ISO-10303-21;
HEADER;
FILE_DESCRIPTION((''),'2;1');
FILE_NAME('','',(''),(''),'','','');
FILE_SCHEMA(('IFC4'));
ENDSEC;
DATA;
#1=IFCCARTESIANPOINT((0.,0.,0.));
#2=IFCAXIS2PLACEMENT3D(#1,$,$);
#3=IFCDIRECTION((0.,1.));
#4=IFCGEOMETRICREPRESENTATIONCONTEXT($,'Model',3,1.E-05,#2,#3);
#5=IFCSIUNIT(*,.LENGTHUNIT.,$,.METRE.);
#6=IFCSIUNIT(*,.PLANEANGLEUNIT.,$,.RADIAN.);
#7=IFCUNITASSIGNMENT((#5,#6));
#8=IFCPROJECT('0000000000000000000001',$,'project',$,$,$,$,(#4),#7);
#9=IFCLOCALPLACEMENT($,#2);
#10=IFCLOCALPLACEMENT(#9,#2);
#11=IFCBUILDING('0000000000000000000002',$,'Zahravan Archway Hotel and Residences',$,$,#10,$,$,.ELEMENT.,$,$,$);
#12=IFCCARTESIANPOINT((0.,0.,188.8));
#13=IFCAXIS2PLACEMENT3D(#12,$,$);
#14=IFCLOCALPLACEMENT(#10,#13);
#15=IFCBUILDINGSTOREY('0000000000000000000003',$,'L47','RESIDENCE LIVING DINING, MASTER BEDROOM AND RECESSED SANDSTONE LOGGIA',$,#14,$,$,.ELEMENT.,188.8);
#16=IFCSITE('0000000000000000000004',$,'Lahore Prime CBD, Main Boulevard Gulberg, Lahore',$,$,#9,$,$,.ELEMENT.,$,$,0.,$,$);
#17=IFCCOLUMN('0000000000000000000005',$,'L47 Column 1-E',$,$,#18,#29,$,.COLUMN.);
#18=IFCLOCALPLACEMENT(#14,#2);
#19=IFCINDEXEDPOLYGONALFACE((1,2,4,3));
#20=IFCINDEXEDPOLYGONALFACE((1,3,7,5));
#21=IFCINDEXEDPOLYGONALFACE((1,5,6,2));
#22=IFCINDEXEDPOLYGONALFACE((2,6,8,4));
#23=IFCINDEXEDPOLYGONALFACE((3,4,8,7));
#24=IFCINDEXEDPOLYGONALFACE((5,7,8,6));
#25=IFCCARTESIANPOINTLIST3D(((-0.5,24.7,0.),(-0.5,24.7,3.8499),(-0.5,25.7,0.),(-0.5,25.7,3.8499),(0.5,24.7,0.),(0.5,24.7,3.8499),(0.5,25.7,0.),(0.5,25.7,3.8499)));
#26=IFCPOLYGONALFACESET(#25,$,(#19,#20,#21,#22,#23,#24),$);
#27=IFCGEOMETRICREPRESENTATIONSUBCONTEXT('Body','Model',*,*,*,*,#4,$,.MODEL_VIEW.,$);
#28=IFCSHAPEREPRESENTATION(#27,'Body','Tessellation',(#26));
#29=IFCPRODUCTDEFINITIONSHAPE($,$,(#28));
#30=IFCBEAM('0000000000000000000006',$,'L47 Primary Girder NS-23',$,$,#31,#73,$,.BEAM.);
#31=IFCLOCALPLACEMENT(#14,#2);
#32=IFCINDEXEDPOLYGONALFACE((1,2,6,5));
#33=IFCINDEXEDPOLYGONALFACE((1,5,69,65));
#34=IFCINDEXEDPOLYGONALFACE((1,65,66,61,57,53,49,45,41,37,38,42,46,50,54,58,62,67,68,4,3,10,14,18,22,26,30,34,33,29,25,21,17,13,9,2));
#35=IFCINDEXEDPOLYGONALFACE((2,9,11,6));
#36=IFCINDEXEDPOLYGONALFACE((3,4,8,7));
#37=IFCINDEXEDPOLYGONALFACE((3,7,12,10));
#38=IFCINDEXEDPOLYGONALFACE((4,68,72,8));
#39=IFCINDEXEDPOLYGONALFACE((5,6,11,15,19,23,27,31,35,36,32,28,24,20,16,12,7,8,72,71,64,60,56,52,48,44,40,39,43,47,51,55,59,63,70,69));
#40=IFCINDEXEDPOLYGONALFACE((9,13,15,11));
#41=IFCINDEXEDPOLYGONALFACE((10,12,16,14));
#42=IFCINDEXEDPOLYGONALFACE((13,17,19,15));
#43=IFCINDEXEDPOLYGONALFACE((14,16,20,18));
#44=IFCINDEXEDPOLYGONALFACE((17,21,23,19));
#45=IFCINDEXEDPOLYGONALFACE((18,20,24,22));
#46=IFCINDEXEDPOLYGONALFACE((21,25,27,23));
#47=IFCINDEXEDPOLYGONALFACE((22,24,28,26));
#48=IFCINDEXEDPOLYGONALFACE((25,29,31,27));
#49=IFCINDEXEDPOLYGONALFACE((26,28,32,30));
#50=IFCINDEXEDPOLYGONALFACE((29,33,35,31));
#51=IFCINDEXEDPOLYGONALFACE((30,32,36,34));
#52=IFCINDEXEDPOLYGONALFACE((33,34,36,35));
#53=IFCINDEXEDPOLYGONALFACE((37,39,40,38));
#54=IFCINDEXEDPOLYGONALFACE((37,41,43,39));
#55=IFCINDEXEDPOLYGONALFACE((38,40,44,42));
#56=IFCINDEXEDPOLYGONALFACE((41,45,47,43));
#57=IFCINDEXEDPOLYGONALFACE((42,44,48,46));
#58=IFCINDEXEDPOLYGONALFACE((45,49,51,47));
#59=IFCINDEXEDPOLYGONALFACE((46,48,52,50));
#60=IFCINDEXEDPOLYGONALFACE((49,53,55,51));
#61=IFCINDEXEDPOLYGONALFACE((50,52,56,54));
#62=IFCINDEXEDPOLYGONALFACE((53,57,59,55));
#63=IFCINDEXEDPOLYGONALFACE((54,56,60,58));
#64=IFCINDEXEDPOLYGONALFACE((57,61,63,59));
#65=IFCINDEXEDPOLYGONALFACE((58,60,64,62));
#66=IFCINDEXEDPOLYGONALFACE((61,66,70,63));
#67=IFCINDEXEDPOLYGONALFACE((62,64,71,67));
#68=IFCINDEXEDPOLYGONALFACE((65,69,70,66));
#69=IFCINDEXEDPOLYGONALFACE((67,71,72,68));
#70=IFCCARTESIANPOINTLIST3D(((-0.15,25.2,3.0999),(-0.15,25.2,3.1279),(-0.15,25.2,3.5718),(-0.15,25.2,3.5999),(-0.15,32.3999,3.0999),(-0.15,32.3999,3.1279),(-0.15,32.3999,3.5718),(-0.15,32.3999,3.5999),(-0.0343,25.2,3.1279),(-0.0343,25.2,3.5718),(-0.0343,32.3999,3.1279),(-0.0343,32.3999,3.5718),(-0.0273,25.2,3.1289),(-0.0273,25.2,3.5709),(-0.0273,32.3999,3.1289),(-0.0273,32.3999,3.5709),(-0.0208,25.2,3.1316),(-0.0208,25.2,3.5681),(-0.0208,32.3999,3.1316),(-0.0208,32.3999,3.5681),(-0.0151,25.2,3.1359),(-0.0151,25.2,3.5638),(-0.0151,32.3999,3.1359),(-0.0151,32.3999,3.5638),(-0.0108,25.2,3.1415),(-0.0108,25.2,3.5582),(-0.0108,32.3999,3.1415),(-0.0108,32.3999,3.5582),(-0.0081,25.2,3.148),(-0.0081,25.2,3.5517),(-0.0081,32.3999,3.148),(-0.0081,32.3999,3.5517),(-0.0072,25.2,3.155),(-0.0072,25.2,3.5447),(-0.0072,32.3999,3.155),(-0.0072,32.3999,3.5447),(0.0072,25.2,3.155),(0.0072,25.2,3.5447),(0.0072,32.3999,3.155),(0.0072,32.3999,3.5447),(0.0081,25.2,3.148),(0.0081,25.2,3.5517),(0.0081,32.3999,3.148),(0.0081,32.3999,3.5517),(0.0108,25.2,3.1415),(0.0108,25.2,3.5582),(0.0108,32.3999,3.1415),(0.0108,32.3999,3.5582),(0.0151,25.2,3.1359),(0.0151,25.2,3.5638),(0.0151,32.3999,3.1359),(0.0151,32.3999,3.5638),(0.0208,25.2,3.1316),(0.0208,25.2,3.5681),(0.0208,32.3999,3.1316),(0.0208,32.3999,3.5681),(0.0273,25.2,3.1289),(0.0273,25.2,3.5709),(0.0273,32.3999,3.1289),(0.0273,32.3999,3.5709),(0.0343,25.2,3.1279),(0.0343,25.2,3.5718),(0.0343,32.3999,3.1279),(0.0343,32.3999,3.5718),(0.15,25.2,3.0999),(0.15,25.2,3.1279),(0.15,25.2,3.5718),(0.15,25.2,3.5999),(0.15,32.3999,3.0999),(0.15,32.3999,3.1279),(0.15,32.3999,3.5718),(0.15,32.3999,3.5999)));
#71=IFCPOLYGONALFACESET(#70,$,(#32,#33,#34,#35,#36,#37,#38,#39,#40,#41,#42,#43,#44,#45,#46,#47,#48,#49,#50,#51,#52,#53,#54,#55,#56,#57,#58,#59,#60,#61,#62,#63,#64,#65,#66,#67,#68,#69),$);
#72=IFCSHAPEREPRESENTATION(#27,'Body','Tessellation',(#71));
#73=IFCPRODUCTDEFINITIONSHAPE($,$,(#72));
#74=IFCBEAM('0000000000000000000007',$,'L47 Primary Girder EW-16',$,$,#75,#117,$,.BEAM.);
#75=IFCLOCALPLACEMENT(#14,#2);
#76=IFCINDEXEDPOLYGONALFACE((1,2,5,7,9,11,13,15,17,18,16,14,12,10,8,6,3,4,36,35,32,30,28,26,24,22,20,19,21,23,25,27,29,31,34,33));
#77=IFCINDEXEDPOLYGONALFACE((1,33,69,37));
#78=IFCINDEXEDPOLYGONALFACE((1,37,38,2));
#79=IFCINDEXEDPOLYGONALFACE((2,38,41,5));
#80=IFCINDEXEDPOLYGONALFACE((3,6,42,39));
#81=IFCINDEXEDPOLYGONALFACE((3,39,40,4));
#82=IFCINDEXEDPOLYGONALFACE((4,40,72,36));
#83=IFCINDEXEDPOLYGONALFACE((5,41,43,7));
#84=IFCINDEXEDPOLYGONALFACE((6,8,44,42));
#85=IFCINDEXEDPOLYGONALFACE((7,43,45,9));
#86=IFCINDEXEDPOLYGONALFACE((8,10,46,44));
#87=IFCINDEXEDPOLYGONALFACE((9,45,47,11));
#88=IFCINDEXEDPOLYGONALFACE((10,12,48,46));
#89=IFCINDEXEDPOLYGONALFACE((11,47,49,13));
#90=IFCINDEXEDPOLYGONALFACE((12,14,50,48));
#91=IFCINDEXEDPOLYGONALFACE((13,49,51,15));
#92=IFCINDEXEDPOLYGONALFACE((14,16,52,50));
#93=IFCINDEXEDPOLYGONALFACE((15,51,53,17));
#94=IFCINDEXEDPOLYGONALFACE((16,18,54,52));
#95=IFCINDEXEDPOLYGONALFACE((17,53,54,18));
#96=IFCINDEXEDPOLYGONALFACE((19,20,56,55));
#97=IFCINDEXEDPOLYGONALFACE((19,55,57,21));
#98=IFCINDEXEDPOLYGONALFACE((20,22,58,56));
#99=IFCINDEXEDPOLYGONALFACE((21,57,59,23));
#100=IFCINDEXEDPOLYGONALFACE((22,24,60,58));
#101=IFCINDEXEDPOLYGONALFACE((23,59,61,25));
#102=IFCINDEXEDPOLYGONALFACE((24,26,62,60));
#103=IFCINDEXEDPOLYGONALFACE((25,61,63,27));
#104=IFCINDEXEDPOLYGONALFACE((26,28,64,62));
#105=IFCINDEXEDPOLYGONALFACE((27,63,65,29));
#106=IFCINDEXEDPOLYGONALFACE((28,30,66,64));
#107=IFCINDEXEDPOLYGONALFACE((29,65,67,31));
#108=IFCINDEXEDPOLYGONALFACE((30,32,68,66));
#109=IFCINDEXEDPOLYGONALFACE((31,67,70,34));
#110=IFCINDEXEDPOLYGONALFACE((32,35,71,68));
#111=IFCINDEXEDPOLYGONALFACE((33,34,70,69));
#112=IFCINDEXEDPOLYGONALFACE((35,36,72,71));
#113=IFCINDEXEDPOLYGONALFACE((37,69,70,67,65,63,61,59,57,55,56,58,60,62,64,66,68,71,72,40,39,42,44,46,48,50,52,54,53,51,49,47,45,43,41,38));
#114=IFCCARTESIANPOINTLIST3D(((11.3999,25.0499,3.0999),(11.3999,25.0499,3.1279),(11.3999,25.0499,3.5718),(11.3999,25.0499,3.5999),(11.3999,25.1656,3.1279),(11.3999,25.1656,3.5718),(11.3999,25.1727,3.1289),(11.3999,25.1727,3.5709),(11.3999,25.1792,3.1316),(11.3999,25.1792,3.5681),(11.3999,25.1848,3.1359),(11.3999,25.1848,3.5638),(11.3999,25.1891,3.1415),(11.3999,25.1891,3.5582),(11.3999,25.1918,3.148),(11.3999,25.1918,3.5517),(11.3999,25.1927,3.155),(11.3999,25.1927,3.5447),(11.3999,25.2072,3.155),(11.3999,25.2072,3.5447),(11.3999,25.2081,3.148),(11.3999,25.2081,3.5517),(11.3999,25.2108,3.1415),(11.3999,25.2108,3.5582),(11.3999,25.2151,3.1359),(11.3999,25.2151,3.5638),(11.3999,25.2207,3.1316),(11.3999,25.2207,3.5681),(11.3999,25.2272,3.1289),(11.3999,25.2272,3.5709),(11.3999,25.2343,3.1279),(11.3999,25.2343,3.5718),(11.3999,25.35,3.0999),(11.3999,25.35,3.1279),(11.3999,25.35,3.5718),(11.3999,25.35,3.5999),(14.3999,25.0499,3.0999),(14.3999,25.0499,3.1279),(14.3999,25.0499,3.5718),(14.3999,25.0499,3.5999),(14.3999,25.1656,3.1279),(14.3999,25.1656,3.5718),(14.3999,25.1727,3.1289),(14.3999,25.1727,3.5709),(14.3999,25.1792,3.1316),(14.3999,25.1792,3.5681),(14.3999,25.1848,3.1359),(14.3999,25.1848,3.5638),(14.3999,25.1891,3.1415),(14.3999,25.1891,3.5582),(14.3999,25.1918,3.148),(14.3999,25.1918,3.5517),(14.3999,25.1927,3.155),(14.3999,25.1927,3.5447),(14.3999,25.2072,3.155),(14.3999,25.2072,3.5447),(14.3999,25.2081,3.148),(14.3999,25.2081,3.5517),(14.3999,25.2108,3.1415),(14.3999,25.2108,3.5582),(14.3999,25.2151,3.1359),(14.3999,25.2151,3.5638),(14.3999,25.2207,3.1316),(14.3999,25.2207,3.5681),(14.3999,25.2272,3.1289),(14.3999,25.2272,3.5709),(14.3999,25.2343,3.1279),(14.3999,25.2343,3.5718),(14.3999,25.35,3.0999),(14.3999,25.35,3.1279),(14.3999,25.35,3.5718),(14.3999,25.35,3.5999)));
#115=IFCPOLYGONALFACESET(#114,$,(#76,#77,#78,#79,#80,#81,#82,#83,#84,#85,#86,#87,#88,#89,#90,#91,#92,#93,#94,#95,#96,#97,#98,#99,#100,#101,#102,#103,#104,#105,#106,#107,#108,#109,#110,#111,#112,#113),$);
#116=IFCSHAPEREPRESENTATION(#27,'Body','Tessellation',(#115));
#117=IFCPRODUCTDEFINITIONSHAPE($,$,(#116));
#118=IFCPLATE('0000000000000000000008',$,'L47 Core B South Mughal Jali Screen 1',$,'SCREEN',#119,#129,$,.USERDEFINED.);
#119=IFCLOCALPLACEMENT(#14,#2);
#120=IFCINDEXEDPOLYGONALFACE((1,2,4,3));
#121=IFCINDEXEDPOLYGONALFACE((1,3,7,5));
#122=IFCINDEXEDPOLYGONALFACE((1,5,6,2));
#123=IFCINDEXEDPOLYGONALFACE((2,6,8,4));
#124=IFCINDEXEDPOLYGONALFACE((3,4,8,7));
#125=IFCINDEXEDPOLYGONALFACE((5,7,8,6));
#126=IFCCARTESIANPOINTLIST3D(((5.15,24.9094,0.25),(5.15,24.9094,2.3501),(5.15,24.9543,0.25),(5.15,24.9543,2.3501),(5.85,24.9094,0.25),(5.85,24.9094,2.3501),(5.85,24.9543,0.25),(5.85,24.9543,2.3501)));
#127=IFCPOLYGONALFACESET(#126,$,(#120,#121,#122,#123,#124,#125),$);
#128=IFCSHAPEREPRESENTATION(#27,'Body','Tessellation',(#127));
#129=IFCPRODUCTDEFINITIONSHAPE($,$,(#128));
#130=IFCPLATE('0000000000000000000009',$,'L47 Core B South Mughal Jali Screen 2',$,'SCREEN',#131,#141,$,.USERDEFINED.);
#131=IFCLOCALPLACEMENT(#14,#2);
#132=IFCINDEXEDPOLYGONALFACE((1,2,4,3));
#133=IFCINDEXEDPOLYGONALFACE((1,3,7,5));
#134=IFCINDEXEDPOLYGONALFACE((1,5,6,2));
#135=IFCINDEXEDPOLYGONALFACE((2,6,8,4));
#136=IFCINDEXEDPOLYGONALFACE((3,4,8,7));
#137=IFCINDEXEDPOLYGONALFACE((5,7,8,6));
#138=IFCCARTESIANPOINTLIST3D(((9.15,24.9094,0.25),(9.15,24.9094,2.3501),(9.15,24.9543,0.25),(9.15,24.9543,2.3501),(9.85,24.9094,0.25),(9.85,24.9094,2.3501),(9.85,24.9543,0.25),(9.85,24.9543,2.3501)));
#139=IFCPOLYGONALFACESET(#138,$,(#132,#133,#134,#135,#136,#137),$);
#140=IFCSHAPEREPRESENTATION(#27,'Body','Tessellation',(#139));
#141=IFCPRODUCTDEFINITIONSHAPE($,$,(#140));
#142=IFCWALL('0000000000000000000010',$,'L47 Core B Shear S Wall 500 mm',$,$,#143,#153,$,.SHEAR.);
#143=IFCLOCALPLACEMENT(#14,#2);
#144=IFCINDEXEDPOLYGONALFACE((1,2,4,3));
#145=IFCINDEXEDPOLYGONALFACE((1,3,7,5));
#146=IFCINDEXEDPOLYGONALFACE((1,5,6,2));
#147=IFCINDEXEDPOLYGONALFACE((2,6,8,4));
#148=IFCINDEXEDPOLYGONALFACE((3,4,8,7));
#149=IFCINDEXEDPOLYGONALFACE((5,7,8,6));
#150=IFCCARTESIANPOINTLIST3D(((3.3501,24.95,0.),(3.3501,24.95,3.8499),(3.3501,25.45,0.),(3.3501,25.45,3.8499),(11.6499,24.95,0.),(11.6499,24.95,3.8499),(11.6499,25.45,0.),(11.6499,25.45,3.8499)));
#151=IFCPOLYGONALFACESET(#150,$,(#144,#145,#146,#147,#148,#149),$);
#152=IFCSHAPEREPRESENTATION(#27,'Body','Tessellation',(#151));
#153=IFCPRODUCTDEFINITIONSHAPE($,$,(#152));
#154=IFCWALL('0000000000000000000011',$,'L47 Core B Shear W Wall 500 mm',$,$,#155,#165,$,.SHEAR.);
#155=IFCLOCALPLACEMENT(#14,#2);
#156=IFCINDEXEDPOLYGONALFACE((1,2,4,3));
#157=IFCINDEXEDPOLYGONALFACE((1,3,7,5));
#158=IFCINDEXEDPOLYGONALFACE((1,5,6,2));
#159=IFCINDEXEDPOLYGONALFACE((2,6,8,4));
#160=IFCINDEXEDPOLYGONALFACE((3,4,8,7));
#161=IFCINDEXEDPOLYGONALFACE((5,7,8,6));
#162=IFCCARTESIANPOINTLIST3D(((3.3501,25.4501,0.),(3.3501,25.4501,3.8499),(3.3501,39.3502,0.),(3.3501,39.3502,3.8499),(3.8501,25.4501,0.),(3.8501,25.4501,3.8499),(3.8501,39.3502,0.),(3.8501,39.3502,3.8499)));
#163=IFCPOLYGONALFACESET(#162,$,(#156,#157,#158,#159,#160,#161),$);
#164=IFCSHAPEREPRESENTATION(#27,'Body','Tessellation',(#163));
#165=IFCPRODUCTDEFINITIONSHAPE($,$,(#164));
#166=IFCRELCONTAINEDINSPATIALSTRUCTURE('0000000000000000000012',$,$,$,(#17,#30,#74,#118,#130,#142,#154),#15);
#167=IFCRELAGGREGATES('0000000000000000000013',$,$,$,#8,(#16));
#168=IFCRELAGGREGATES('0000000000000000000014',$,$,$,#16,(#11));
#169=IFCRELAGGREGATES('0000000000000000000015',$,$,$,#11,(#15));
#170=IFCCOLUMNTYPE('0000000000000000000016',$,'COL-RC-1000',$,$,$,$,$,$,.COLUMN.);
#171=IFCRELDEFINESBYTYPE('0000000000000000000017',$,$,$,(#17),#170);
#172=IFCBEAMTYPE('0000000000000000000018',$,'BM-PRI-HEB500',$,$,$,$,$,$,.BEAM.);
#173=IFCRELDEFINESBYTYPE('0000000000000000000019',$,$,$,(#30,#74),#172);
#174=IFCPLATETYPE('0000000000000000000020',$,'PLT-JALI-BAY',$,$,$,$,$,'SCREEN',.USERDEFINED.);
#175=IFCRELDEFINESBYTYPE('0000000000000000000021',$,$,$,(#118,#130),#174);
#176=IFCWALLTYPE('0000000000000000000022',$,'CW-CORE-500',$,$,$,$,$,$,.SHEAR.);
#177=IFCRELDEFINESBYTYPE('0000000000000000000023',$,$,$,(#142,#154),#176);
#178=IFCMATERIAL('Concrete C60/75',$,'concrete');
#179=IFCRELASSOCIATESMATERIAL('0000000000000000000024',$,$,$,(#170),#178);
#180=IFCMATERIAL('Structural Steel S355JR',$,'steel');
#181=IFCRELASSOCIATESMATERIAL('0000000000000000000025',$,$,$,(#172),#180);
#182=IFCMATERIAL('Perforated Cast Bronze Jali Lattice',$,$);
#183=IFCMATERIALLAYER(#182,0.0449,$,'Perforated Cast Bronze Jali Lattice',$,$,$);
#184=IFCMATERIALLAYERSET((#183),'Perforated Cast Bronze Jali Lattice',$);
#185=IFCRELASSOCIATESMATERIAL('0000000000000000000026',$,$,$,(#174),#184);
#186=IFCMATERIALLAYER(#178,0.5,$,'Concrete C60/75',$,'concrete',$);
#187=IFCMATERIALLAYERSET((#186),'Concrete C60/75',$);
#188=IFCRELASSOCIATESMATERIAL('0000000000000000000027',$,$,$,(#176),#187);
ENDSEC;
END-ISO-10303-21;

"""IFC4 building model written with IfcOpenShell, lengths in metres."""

from ifc_helpers import new_model, si_unit, direction, frame, frame_2d, origin, origin_2d, place, context, subcontext, project, spatial, rectangle, i_section, extrude, source, transform, mapped, material, layer, layer_set, material_profile, profile_set, type_object, type_shapes, element, save


model = new_model("IFC4")

# Units and contexts
model_context = context("Model", 3, precision=1e-05, world=origin(), true_north=direction((0.0, 1.0)))
body_context = subcontext(model_context, "Body", "Model", "MODEL_VIEW")
ifc_project = project(units=[si_unit("LENGTHUNIT", "METRE"), si_unit("PLANEANGLEUNIT", "RADIAN")], contexts=[model_context])

# Site, building, storey
site_placement = place(None, origin())
site = spatial("IfcSite", under=ifc_project, at=site_placement, Name="Lahore Prime CBD, Main Boulevard Gulberg, Lahore", CompositionType="ELEMENT", RefElevation=0.0)
building_placement = place(site_placement, origin())
building = spatial("IfcBuilding", under=site, at=building_placement, Name="Zahravan Archway Hotel and Residences", CompositionType="ELEMENT")
storey_placement = place(building_placement, frame((0.0, 0.0, 188.8)))
storey = spatial("IfcBuildingStorey", under=building, at=storey_placement, Name="L47", Description="RESIDENCE LIVING DINING, MASTER BEDROOM AND RECESSED SANDSTONE LOGGIA", CompositionType="ELEMENT", Elevation=188.8)

# Column
ifc_material_1 = material(Name="Concrete C60/75", Category="concrete")
ifc_material_profile_1 = material_profile(ifc_material_1, rectangle(XDim=1.0, YDim=1.0, at=origin_2d()), Name="RC-COL-1000x1000", Category="concrete")
ifc_profile_set_1 = profile_set([ifc_material_profile_1], Name="Concrete C60/75")
column_type = type_object("IfcColumnType", Name="COL-RC-1000", PredefinedType="COLUMN", material=ifc_profile_set_1)
shared_shape_1 = source(origin(), body_context, "Body", "SweptSolid", [
    extrude(rectangle(XDim=1.0, YDim=1.0, at=origin_2d()), origin(), (0.0, 0.0, 1.0), 3.8499),
])
column_placement = place(storey_placement, frame((0.0, 25.2, 0.0), z_axis=(0.0, 0.0, 1.0), x_axis=(1.0, 0.0, 0.0)))
element("IfcColumn", 1, at=column_placement, inside=storey, type_object=column_type, Name="L47 Column 1-E", PredefinedType="COLUMN", context=body_context, shape_type="MappedRepresentation", body=[
    mapped(shared_shape_1, transform((0.0, 0.0, 0.0), scale=1.0)),
])

# Beams
ifc_material_2 = material(Name="Structural Steel S355JR", Category="steel")
ifc_material_profile_2 = material_profile(ifc_material_2, i_section(OverallWidth=0.3, OverallDepth=0.5, WebThickness=0.0144, FlangeThickness=0.0281, FilletRadius=0.0271, at=origin_2d()), Name="HEB 500", Category="steel")
ifc_profile_set_2 = profile_set([ifc_material_profile_2], Name="Structural Steel S355JR")
beam_type = type_object("IfcBeamType", Name="BM-PRI-HEB500", PredefinedType="BEAM", material=ifc_profile_set_2)
shared_shape_2 = source(origin(), body_context, "Body", "SweptSolid", [
    extrude(i_section(OverallWidth=0.3, OverallDepth=0.5, WebThickness=0.0144, FlangeThickness=0.0281, FilletRadius=0.0271, at=origin_2d()), origin(), (0.0, 0.0, 1.0), 7.2),
])
beam_1_placement = place(storey_placement, frame((0.0, 25.2, 3.3499), z_axis=(0.0, 1.0, 0.0), x_axis=(-1.0, 0.0, 0.0)))
element("IfcBeam", 2, at=beam_1_placement, inside=storey, type_object=beam_type, Name="L47 Primary Girder NS-23", PredefinedType="BEAM", context=body_context, shape_type="MappedRepresentation", body=[
    mapped(shared_shape_2, transform((0.0, 0.0, 0.0), scale=1.0)),
])
shared_shape_3 = source(origin(), body_context, "Body", "SweptSolid", [
    extrude(i_section(OverallWidth=0.3, OverallDepth=0.5, WebThickness=0.0144, FlangeThickness=0.0281, FilletRadius=0.0271, at=origin_2d()), origin(), (0.0, 0.0, 1.0), 3.0),
])
beam_2_placement = place(storey_placement, frame((11.3999, 25.2, 3.3499), z_axis=(1.0, 0.0, 0.0), x_axis=(0.0, 1.0, 0.0)))
element("IfcBeam", 3, at=beam_2_placement, inside=storey, type_object=beam_type, Name="L47 Primary Girder EW-16", PredefinedType="BEAM", context=body_context, shape_type="MappedRepresentation", body=[
    mapped(shared_shape_3, transform((0.0, 0.0, 0.0), scale=1.0)),
])

# Plates
ifc_material_3 = material(Name="Perforated Cast Bronze Jali Lattice")
ifc_layer_1 = layer(ifc_material_3, 0.0449, Name="Perforated Cast Bronze Jali Lattice")
ifc_layer_set_1 = layer_set([ifc_layer_1], Name="Perforated Cast Bronze Jali Lattice")
plate_type = type_object("IfcPlateType", Name="PLT-JALI-BAY", ElementType="SCREEN", PredefinedType="USERDEFINED", material=ifc_layer_set_1)
shared_shape_4 = source(origin(), body_context, "Body", "SweptSolid", [
    extrude(rectangle(XDim=0.7, YDim=0.0449, at=origin_2d()), origin(), (0.0, 0.0, 1.0), 2.1001),
])
type_shapes(plate_type, [shared_shape_4])
for number, where, z_axis, x_axis, name in (
    (4, (5.5, 24.9319, 0.25), (0.0, 0.0, 1.0), (1.0, 0.0, 0.0), "L47 Core B South Mughal Jali Screen 1"),
    (5, (9.5, 24.9319, 0.25), (0.0, 0.0, 1.0), (1.0, 0.0, 0.0), "L47 Core B South Mughal Jali Screen 2"),
):
    element("IfcPlate", number, at=place(storey_placement, frame(where, z_axis=z_axis, x_axis=x_axis)), inside=storey, type_object=plate_type, Name=name, ObjectType="SCREEN", PredefinedType="USERDEFINED", context=body_context, shape_type="MappedRepresentation", body=[
        mapped(shared_shape_4, transform((0.0, 0.0, 0.0), scale=1.0)),
    ])

# Walls
ifc_layer_2 = layer(ifc_material_1, 0.5, Name="Concrete C60/75", Category="concrete")
ifc_layer_set_2 = layer_set([ifc_layer_2], Name="Concrete C60/75")
wall_type_1 = type_object("IfcWallType", Name="CW-CORE-500", PredefinedType="SHEAR", material=ifc_layer_set_2)
wall_1_placement = place(storey_placement, frame((3.3501, 25.2, 0.0), z_axis=(0.0, 0.0, 1.0), x_axis=(1.0, 0.0, 0.0)))
element("IfcWall", 6, at=wall_1_placement, inside=storey, type_object=wall_type_1, Name="L47 Core B Shear S Wall 500 mm", PredefinedType="SHEAR", context=body_context, shape_type="SweptSolid", body=[
    extrude(rectangle(XDim=8.2998, YDim=0.5, at=frame_2d((4.1499, 0.0))), origin(), (0.0, 0.0, 1.0), 3.8499),
])
wall_2_placement = place(storey_placement, frame((3.6001, 25.45, 0.0), z_axis=(0.0, 0.0, 1.0), x_axis=(0.0, 1.0, 0.0)))
element("IfcWall", 7, at=wall_2_placement, inside=storey, type_object=wall_type_1, Name="L47 Core B Shear W Wall 500 mm", PredefinedType="SHEAR", context=body_context, shape_type="SweptSolid", body=[
    extrude(rectangle(XDim=13.9001, YDim=0.5, at=frame_2d((6.9502, 0.0))), origin(), (0.0, 0.0, 1.0), 3.8499),
])

save(model, "model.ifc")
